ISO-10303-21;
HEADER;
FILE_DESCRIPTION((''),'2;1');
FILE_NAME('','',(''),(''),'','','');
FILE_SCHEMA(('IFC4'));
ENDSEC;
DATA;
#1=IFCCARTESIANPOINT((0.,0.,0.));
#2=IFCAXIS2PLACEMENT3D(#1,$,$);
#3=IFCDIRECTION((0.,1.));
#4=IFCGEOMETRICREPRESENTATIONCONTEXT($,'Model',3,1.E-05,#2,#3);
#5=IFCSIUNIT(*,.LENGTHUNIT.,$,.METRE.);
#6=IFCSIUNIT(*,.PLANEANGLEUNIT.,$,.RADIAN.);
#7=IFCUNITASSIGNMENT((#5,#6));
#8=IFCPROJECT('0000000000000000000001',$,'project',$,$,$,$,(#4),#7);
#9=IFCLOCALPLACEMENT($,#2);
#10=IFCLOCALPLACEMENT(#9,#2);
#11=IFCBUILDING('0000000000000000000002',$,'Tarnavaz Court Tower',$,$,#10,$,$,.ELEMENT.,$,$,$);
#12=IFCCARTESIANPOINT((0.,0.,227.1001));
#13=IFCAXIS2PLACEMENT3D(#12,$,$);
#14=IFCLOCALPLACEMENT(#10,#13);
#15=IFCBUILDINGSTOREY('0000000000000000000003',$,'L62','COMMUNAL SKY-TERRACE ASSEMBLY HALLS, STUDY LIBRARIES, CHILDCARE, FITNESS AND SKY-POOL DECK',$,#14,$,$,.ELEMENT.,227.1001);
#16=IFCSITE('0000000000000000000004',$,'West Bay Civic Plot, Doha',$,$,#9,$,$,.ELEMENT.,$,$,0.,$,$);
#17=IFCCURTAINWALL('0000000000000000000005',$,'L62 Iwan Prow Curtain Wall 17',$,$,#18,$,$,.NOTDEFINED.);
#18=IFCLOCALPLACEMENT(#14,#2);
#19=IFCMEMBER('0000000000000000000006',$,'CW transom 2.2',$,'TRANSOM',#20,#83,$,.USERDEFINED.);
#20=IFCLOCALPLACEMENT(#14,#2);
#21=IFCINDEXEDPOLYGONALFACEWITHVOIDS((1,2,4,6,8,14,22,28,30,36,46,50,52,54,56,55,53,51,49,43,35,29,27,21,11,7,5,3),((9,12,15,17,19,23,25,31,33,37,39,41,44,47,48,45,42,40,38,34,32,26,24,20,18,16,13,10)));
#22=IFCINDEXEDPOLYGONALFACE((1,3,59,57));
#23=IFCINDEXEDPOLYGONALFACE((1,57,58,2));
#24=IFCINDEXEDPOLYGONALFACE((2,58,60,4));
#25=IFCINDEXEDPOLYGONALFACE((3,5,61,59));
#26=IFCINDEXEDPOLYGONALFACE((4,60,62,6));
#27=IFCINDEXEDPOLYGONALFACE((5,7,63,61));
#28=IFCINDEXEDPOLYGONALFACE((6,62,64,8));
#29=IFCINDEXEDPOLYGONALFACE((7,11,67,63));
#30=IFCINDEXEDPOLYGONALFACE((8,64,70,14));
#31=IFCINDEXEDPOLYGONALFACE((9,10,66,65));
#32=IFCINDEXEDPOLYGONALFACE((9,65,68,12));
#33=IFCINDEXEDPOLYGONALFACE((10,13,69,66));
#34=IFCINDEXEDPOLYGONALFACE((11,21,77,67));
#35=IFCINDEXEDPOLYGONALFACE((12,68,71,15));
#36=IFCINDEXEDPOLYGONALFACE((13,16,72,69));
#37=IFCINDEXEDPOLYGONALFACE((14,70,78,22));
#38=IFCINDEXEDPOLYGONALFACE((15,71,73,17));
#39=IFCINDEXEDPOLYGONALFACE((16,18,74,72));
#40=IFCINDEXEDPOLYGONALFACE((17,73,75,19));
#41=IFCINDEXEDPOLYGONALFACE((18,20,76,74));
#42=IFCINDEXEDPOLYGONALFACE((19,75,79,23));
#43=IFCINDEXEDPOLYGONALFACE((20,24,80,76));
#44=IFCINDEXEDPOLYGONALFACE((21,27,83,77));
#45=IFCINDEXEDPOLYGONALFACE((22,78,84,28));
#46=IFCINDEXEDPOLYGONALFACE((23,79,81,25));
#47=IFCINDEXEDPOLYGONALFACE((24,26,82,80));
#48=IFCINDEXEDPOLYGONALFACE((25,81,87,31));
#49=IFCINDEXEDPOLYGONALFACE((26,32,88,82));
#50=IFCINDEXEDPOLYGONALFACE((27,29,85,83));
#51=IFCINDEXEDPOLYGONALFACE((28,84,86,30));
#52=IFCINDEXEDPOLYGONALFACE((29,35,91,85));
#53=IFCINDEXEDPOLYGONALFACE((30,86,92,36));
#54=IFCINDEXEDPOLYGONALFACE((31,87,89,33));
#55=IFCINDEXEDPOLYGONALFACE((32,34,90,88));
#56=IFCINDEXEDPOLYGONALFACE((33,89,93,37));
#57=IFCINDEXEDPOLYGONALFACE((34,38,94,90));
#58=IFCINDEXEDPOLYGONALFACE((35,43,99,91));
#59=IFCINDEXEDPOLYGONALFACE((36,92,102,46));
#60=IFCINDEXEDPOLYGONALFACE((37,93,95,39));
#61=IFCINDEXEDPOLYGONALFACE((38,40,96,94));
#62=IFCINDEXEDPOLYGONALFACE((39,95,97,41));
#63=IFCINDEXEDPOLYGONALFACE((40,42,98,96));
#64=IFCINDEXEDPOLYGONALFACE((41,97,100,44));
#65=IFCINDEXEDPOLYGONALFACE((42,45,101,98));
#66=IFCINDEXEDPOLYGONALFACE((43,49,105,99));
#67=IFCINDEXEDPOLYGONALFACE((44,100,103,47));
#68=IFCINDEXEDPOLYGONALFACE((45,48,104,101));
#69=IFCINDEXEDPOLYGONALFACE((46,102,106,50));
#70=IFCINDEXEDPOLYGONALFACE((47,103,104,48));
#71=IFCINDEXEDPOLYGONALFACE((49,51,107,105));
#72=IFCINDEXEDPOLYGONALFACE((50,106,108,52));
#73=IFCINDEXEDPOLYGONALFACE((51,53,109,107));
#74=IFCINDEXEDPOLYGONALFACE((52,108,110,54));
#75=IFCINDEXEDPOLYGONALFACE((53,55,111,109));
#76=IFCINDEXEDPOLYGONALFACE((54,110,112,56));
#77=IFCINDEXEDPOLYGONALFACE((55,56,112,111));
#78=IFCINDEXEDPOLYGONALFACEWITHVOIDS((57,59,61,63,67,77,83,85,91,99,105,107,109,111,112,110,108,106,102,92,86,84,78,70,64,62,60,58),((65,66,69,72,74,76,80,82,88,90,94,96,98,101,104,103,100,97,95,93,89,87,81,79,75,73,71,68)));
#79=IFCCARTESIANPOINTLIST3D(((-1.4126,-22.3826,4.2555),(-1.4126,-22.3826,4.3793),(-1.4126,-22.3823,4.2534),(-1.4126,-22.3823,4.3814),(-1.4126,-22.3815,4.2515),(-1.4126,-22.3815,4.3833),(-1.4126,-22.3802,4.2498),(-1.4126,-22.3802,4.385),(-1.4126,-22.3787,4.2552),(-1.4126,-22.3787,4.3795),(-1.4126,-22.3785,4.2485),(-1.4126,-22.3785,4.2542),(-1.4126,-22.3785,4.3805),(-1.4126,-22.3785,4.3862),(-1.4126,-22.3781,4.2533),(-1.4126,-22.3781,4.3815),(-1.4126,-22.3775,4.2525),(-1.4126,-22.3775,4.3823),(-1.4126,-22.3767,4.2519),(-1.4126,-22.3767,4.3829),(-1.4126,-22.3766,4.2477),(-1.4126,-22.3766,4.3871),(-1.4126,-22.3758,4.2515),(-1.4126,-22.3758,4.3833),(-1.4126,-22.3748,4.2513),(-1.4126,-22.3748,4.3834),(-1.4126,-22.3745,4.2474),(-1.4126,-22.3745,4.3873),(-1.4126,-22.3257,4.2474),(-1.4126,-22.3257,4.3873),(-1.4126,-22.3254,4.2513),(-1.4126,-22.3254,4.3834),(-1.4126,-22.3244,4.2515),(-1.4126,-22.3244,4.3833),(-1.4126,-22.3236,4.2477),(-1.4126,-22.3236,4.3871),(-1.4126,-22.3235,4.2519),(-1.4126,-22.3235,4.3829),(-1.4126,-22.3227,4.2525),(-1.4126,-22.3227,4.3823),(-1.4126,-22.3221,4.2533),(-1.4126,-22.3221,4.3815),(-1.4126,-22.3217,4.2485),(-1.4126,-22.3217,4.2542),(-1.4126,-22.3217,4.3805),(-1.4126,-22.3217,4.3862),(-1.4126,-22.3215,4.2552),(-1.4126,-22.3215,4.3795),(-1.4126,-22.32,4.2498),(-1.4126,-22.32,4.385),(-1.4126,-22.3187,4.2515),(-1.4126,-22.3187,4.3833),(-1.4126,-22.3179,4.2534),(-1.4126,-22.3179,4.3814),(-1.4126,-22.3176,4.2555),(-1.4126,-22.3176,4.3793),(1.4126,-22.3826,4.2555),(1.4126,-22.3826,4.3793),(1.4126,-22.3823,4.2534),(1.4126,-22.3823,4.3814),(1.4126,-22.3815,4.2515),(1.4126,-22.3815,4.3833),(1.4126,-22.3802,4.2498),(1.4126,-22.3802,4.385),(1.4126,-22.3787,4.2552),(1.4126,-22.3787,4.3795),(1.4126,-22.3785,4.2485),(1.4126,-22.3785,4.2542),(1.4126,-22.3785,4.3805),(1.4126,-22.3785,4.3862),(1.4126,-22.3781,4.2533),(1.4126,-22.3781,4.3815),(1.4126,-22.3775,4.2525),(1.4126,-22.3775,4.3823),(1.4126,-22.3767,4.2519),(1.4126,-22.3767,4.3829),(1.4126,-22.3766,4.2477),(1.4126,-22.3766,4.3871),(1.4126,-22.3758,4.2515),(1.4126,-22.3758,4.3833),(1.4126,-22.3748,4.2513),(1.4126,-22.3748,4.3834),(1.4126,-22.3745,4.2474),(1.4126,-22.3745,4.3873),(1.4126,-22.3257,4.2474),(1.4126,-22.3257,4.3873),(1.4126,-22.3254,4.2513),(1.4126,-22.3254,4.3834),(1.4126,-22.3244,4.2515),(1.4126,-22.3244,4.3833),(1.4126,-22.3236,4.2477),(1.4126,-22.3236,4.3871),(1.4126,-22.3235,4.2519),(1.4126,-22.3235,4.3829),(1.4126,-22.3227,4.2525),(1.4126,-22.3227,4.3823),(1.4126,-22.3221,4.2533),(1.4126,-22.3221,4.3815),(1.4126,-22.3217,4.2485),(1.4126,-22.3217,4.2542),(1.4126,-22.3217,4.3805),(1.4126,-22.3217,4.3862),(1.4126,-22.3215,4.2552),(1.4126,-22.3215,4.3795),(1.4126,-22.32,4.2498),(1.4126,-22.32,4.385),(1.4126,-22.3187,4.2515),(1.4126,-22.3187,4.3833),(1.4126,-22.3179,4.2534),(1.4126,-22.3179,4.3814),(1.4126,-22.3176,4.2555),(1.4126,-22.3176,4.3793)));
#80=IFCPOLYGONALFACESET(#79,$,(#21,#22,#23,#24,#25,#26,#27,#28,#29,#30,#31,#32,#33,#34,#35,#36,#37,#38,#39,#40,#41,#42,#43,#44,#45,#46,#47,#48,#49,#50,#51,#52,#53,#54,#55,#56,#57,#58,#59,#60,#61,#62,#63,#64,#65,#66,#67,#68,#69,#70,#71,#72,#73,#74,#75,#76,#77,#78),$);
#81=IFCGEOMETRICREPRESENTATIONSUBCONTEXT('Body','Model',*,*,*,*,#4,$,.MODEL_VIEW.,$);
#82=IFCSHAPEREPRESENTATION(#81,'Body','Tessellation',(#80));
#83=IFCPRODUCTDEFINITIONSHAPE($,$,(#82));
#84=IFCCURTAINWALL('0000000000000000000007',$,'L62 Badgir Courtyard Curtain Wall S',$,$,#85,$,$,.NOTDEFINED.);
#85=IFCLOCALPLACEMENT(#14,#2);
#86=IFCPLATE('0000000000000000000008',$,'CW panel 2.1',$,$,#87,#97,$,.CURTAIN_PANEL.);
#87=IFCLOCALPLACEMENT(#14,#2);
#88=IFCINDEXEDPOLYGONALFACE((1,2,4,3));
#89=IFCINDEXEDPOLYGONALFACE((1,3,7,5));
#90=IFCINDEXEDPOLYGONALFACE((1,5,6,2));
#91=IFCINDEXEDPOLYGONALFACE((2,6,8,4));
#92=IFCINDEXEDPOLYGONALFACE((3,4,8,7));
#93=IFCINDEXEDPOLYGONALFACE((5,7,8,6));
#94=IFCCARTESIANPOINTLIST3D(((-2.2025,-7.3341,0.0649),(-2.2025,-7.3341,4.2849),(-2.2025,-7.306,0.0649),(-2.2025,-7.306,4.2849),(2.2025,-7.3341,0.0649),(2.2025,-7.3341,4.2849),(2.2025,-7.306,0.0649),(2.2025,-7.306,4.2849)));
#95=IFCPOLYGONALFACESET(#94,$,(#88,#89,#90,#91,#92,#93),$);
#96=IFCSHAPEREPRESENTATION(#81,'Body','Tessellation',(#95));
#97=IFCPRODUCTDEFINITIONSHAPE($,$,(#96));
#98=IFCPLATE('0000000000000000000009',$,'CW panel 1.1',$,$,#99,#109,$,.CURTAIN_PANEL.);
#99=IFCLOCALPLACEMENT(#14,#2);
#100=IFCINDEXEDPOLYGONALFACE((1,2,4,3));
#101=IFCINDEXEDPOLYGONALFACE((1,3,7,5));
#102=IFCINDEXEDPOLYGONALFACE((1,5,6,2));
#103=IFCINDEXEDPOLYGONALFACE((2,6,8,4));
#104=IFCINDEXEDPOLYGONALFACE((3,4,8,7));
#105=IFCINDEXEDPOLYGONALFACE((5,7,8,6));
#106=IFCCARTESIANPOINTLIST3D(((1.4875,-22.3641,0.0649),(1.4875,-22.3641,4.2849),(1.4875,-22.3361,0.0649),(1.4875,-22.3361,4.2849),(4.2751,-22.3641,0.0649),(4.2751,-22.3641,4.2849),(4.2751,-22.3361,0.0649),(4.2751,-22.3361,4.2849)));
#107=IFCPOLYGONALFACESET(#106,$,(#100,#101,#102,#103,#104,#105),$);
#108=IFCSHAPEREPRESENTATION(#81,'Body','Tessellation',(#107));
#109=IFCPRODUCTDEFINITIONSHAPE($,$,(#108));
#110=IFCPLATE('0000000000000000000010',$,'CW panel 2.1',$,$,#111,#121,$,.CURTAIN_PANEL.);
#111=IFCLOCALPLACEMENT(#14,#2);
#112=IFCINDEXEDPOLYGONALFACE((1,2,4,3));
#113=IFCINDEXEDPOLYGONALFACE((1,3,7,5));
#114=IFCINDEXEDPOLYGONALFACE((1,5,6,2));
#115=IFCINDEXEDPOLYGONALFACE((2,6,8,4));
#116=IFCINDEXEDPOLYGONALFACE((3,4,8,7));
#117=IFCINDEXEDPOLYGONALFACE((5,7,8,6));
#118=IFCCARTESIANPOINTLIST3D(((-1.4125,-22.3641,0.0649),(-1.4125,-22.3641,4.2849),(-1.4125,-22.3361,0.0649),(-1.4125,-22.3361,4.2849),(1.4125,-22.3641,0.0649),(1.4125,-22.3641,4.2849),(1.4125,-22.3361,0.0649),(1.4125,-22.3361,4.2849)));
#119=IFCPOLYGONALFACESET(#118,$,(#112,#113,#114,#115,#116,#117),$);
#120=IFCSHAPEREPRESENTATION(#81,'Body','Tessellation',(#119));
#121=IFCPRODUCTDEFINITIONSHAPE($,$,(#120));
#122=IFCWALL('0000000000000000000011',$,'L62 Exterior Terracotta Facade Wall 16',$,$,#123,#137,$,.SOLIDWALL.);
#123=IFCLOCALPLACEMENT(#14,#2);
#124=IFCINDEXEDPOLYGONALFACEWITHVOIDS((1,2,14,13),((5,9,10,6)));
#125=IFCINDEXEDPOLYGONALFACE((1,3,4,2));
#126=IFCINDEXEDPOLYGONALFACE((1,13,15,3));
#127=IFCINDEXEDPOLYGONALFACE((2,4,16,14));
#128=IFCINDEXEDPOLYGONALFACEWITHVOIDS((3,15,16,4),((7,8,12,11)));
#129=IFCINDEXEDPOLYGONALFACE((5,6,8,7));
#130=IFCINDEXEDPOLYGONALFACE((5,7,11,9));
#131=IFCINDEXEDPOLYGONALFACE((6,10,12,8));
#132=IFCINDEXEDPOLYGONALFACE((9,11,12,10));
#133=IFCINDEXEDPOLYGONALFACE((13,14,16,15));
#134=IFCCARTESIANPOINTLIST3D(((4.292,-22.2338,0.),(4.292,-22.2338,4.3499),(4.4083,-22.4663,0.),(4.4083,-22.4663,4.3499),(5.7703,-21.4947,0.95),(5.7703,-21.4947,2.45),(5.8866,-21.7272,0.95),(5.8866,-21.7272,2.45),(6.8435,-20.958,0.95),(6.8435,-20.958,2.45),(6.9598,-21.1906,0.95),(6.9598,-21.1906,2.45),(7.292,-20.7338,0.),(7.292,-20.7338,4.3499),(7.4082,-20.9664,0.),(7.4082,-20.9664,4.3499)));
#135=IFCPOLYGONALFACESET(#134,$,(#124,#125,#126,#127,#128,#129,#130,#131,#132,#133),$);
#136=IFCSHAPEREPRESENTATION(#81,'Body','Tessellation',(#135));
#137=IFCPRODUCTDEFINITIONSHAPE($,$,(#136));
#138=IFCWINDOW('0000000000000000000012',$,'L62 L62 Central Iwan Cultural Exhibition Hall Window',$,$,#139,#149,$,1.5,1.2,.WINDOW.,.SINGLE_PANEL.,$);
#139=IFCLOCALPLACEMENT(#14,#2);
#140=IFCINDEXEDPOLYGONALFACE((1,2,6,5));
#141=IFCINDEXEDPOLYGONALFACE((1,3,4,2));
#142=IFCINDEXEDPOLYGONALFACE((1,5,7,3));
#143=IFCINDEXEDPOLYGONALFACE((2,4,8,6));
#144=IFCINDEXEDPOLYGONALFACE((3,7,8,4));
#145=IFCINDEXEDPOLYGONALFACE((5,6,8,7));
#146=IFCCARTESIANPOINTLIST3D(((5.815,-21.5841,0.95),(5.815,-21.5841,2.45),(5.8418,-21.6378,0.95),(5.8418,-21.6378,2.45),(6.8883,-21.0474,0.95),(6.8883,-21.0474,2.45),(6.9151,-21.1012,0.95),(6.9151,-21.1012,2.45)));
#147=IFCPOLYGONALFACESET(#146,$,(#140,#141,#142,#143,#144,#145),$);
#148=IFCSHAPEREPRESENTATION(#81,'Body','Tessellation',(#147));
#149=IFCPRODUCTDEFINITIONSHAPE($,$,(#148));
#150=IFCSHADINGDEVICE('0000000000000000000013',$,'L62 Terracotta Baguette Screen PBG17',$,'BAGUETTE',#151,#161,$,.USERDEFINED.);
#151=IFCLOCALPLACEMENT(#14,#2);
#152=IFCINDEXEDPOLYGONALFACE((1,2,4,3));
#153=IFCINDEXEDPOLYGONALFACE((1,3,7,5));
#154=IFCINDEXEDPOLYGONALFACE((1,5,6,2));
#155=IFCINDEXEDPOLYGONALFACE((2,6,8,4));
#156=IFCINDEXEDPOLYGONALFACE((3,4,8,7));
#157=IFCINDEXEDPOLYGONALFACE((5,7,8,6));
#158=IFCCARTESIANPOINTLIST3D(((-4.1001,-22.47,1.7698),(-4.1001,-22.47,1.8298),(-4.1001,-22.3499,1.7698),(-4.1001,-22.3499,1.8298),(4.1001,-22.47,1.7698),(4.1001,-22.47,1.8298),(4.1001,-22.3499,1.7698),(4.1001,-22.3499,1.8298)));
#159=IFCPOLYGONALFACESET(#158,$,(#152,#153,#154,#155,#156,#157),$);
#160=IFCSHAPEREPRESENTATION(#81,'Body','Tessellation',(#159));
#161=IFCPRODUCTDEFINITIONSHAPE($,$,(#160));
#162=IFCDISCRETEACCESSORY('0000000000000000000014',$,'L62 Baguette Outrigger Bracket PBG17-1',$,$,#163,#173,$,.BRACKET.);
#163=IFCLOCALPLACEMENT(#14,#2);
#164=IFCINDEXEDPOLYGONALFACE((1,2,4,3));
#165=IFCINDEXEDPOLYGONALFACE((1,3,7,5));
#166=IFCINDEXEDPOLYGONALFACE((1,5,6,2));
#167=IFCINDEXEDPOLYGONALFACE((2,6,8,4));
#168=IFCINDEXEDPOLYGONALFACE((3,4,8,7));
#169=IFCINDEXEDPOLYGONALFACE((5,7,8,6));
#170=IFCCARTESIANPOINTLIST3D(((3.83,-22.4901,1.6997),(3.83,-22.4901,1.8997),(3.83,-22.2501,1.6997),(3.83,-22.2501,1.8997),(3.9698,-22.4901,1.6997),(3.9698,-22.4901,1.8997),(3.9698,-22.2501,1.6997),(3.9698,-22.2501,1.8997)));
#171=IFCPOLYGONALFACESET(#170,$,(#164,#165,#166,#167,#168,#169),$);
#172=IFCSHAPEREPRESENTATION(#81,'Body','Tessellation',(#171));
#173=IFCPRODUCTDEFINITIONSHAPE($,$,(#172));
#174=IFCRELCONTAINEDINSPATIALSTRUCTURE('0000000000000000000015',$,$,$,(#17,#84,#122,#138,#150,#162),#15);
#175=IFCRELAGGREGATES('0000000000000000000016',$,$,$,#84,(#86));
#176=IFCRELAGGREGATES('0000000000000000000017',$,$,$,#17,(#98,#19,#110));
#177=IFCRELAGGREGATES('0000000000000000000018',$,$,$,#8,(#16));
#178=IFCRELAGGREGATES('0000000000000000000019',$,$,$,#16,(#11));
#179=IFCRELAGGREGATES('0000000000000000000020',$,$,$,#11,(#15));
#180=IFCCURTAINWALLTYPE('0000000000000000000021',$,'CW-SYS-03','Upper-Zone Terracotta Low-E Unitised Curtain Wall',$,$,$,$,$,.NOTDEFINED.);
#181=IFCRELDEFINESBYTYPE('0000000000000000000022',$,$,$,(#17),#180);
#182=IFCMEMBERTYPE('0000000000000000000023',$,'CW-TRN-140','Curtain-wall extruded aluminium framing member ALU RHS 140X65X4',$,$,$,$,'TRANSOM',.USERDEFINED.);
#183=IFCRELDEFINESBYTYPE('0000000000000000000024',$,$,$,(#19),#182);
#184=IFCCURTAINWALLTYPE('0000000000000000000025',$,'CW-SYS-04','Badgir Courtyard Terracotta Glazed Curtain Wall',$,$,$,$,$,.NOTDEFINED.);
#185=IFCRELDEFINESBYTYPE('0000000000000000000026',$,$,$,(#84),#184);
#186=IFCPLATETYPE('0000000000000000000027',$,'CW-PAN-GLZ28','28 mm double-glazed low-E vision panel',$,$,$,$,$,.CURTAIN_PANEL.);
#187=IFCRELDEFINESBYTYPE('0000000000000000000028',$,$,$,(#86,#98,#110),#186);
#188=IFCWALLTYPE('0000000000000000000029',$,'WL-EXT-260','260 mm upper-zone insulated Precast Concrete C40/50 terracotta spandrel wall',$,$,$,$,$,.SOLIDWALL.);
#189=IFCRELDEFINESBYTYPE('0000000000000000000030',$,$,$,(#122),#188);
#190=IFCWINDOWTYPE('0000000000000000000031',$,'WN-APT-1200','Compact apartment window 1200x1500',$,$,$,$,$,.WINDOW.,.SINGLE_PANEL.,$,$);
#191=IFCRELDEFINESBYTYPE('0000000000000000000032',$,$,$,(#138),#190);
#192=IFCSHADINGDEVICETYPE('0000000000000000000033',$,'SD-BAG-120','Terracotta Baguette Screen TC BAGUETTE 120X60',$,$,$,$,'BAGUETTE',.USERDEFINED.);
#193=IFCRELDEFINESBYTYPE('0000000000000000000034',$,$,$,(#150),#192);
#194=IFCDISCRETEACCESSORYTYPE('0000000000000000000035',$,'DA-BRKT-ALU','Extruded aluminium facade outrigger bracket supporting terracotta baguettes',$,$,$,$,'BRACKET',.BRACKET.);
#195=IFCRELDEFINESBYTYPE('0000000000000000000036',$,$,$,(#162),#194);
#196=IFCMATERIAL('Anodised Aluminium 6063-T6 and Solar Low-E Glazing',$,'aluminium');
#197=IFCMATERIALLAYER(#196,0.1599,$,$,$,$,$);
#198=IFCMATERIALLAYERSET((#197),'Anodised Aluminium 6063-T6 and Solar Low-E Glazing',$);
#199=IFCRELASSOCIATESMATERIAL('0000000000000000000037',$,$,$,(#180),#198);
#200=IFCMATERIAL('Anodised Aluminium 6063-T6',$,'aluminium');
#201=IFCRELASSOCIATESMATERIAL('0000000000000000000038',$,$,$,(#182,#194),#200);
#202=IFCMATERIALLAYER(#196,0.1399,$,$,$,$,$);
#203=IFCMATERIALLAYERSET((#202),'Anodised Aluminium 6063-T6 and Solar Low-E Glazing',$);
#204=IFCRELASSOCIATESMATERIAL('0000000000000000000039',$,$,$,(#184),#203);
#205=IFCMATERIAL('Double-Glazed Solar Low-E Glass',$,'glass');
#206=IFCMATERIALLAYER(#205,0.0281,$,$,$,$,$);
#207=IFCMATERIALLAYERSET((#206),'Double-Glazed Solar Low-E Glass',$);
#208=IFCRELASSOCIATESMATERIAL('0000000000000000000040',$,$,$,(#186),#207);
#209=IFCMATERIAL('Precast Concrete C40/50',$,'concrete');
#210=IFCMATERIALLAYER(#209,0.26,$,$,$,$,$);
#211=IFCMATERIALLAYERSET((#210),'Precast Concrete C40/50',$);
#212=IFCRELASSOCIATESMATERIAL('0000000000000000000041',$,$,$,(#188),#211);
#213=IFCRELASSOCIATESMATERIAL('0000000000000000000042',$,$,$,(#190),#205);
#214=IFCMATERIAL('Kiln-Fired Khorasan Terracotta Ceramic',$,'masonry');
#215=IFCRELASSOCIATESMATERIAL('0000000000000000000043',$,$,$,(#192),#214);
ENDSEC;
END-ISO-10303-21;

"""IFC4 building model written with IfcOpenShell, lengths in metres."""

from ifc_helpers import new_model, si_unit, direction, frame, frame_2d, origin, origin_2d, place, context, subcontext, project, spatial, rectangle, hollow_rectangle, extrude, material, layer, layer_set, material_profile, profile_set, type_object, element, fill, aggregate, save


model = new_model("IFC4")

# Units and contexts
model_context = context("Model", 3, precision=1e-05, world=origin(), true_north=direction((0.0, 1.0)))
body_context = subcontext(model_context, "Body", "Model", "MODEL_VIEW")
ifc_project = project(units=[si_unit("LENGTHUNIT", "METRE"), si_unit("PLANEANGLEUNIT", "RADIAN")], contexts=[model_context])

# Site, building, storey
site_placement = place(None, origin())
site = spatial("IfcSite", under=ifc_project, at=site_placement, Name="West Bay Civic Plot, Doha", CompositionType="ELEMENT", RefElevation=0.0)
building_placement = place(site_placement, origin())
building = spatial("IfcBuilding", under=site, at=building_placement, Name="Tarnavaz Court Tower", CompositionType="ELEMENT")
storey_placement = place(building_placement, frame((0.0, 0.0, 227.1001)))
storey = spatial("IfcBuildingStorey", under=building, at=storey_placement, Name="L62", Description="COMMUNAL SKY-TERRACE ASSEMBLY HALLS, STUDY LIBRARIES, CHILDCARE, FITNESS AND SKY-POOL DECK", CompositionType="ELEMENT", Elevation=227.1001)

# Curtain wall, member
ifc_material_1 = material(Name="Anodised Aluminium 6063-T6 and Solar Low-E Glazing", Category="aluminium")
ifc_layer_1 = layer(ifc_material_1, 0.1599)
ifc_layer_set_1 = layer_set([ifc_layer_1], Name="Anodised Aluminium 6063-T6 and Solar Low-E Glazing")
curtain_wall_type_1 = type_object("IfcCurtainWallType", Name="CW-SYS-03", Description="Upper-Zone Terracotta Low-E Unitised Curtain Wall", PredefinedType="NOTDEFINED", material=ifc_layer_set_1)
curtain_wall_1_placement = place(storey_placement, origin())
curtain_wall_1 = element("IfcCurtainWall", 1, at=curtain_wall_1_placement, inside=storey, type_object=curtain_wall_type_1, Name="L62 Iwan Prow Curtain Wall 17", PredefinedType="NOTDEFINED")
ifc_material_2 = material(Name="Anodised Aluminium 6063-T6", Category="aluminium")
ifc_material_profile_1 = material_profile(ifc_material_2, hollow_rectangle(XDim=0.0649, YDim=0.1399, WallThickness=0.0039, InnerFilletRadius=0.0039, OuterFilletRadius=0.0081, at=origin_2d()), Name="ALU RHS 140X65X4")
ifc_profile_set_1 = profile_set([ifc_material_profile_1], Name="Anodised Aluminium 6063-T6")
member_type_1 = type_object("IfcMemberType", Name="CW-TRN-140", Description="Curtain-wall extruded aluminium framing member ALU RHS 140X65X4", ElementType="TRANSOM", PredefinedType="USERDEFINED", material=ifc_profile_set_1)
member_1_placement = place(storey_placement, frame((1.4126, -22.3501, 4.3174), z_axis=(-1.0, 0.0, 0.0), x_axis=(0.0, -1.0, 0.0)))
member_1 = element("IfcMember", 2, at=member_1_placement, type_object=member_type_1, Name="CW transom 2.2", ObjectType="TRANSOM", PredefinedType="USERDEFINED", context=body_context, shape_type="SweptSolid", body=[
    extrude(hollow_rectangle(XDim=0.0649, YDim=0.1399, WallThickness=0.0039, InnerFilletRadius=0.0039, OuterFilletRadius=0.0081, at=origin_2d()), origin(), (0.0, 0.0, 1.0), 2.8252),
])

# Curtain wall, plate
ifc_layer_2 = layer(ifc_material_1, 0.1399)
ifc_layer_set_2 = layer_set([ifc_layer_2], Name="Anodised Aluminium 6063-T6 and Solar Low-E Glazing")
curtain_wall_type_2 = type_object("IfcCurtainWallType", Name="CW-SYS-04", Description="Badgir Courtyard Terracotta Glazed Curtain Wall", PredefinedType="NOTDEFINED", material=ifc_layer_set_2)
curtain_wall_2_placement = place(storey_placement, origin())
curtain_wall_2 = element("IfcCurtainWall", 3, at=curtain_wall_2_placement, inside=storey, type_object=curtain_wall_type_2, Name="L62 Badgir Courtyard Curtain Wall S", PredefinedType="NOTDEFINED")
ifc_material_3 = material(Name="Double-Glazed Solar Low-E Glass", Category="glass")
ifc_layer_3 = layer(ifc_material_3, 0.0281)
ifc_layer_set_3 = layer_set([ifc_layer_3], Name="Double-Glazed Solar Low-E Glass")
plate_type = type_object("IfcPlateType", Name="CW-PAN-GLZ28", Description="28 mm double-glazed low-E vision panel", PredefinedType="CURTAIN_PANEL", material=ifc_layer_set_3)
plate_1_placement = place(storey_placement, frame((0.0, -7.3201, 0.0649), z_axis=(0.0, 0.0, 1.0), x_axis=(1.0, 0.0, 0.0)))
plate_1 = element("IfcPlate", 4, at=plate_1_placement, type_object=plate_type, Name="CW panel 2.1", PredefinedType="CURTAIN_PANEL", context=body_context, shape_type="SweptSolid", body=[
    extrude(rectangle(XDim=4.405, YDim=0.0281, at=origin_2d()), origin(), (0.0, 0.0, 1.0), 4.22),
])
aggregate(curtain_wall_2, [plate_1])

# Plates
plate_2_placement = place(storey_placement, frame((2.8813, -22.3501, 0.0649), z_axis=(0.0, 0.0, 1.0), x_axis=(-1.0, 0.0, 0.0)))
plate_2 = element("IfcPlate", 5, at=plate_2_placement, type_object=plate_type, Name="CW panel 1.1", PredefinedType="CURTAIN_PANEL", context=body_context, shape_type="SweptSolid", body=[
    extrude(rectangle(XDim=2.7876, YDim=0.0281, at=origin_2d()), origin(), (0.0, 0.0, 1.0), 4.22),
])
plate_3_placement = place(storey_placement, frame((0.0, -22.3501, 0.0649), z_axis=(0.0, 0.0, 1.0), x_axis=(-1.0, 0.0, 0.0)))
plate_3 = element("IfcPlate", 6, at=plate_3_placement, type_object=plate_type, Name="CW panel 2.1", PredefinedType="CURTAIN_PANEL", context=body_context, shape_type="SweptSolid", body=[
    extrude(rectangle(XDim=2.825, YDim=0.0281, at=origin_2d()), origin(), (0.0, 0.0, 1.0), 4.22),
])
aggregate(curtain_wall_1, [plate_2, member_1, plate_3])

# Wall, opening, window
ifc_material_4 = material(Name="Precast Concrete C40/50", Category="concrete")
ifc_layer_4 = layer(ifc_material_4, 0.26)
ifc_layer_set_4 = layer_set([ifc_layer_4], Name="Precast Concrete C40/50")
wall_type = type_object("IfcWallType", Name="WL-EXT-260", Description="260 mm upper-zone insulated Precast Concrete C40/50 terracotta spandrel wall", PredefinedType="SOLIDWALL", material=ifc_layer_set_4)
wall_placement = place(storey_placement, frame((7.3501, -20.8501, 0.0), z_axis=(0.0, 0.0, 1.0), x_axis=(-0.894427, -0.447214, 0.0)))
wall = element("IfcWall", 7, at=wall_placement, inside=storey, type_object=wall_type, Name="L62 Exterior Terracotta Facade Wall 16", PredefinedType="SOLIDWALL", context=body_context, shape_type="SweptSolid", body=[
    extrude(rectangle(XDim=3.354, YDim=0.26, at=frame_2d((1.677, 0.0))), origin(), (0.0, 0.0, 1.0), 4.3499),
])
opening_placement = place(wall_placement, frame((0.5012, 0.0, 0.95)))
opening = element("IfcOpeningElement", 8, at=opening_placement, cuts=wall, PredefinedType="OPENING", context=body_context, shape_type="SweptSolid", body=[
    extrude(rectangle(XDim=1.2, YDim=1.5, at=frame_2d((0.6001, 0.75))), frame((0.0, 0.1399, 0.0), z_axis=(0.0, -1.0, 0.0), x_axis=(1.0, 0.0, 0.0)), (0.0, 0.0, 1.0), 0.28),
])
window_type = type_object("IfcWindowType", Name="WN-APT-1200", Description="Compact apartment window 1200x1500", PartitioningType="SINGLE_PANEL", PredefinedType="WINDOW", material=ifc_material_3)
window_placement = place(opening_placement, origin())
window = element("IfcWindow", 9, at=window_placement, inside=storey, type_object=window_type, Name="L62 L62 Central Iwan Cultural Exhibition Hall Window", OverallHeight=1.5, OverallWidth=1.2, PartitioningType="SINGLE_PANEL", PredefinedType="WINDOW", context=body_context, shape_type="SweptSolid", body=[
    extrude(rectangle(XDim=1.2, YDim=1.5, at=frame_2d((0.6001, 0.75))), frame((0.0, 0.03, 0.0), z_axis=(0.0, -1.0, 0.0), x_axis=(1.0, 0.0, 0.0)), (0.0, 0.0, 1.0), 0.0601),
])
fill(opening, window)

# Shading device
ifc_material_5 = material(Name="Kiln-Fired Khorasan Terracotta Ceramic", Category="masonry")
ifc_material_profile_2 = material_profile(ifc_material_5, rectangle(XDim=0.1201, YDim=0.0601, at=origin_2d()), Name="TC BAGUETTE 120X60")
ifc_profile_set_2 = profile_set([ifc_material_profile_2], Name="Kiln-Fired Khorasan Terracotta Ceramic")
shading_device_type = type_object("IfcShadingDeviceType", Name="SD-BAG-120", Description="Terracotta Baguette Screen TC BAGUETTE 120X60", ElementType="BAGUETTE", PredefinedType="USERDEFINED", material=ifc_profile_set_2)
shading_device_placement = place(storey_placement, frame((4.1001, -22.4099, 1.7998), z_axis=(-1.0, 0.0, 0.0), x_axis=(0.0, -1.0, 0.0)))
element("IfcShadingDevice", 10, at=shading_device_placement, inside=storey, type_object=shading_device_type, Name="L62 Terracotta Baguette Screen PBG17", ObjectType="BAGUETTE", PredefinedType="USERDEFINED", context=body_context, shape_type="SweptSolid", body=[
    extrude(rectangle(XDim=0.1201, YDim=0.0601, at=origin_2d()), origin(), (0.0, 0.0, 1.0), 8.2002),
])

# Discrete accessory
discrete_accessory_type = type_object("IfcDiscreteAccessoryType", Name="DA-BRKT-ALU", Description="Extruded aluminium facade outrigger bracket supporting terracotta baguettes", ElementType="BRACKET", PredefinedType="BRACKET", material=ifc_material_2)
discrete_accessory_placement = place(storey_placement, frame((3.8999, -22.3701, 1.6997), z_axis=(0.0, 0.0, 1.0), x_axis=(-1.0, 0.0, 0.0)))
element("IfcDiscreteAccessory", 11, at=discrete_accessory_placement, inside=storey, type_object=discrete_accessory_type, Name="L62 Baguette Outrigger Bracket PBG17-1", PredefinedType="BRACKET", context=body_context, shape_type="SweptSolid", body=[
    extrude(rectangle(XDim=0.1399, YDim=0.24, at=origin_2d()), origin(), (0.0, 0.0, 1.0), 0.2),
])

save(model, "model.ifc")
